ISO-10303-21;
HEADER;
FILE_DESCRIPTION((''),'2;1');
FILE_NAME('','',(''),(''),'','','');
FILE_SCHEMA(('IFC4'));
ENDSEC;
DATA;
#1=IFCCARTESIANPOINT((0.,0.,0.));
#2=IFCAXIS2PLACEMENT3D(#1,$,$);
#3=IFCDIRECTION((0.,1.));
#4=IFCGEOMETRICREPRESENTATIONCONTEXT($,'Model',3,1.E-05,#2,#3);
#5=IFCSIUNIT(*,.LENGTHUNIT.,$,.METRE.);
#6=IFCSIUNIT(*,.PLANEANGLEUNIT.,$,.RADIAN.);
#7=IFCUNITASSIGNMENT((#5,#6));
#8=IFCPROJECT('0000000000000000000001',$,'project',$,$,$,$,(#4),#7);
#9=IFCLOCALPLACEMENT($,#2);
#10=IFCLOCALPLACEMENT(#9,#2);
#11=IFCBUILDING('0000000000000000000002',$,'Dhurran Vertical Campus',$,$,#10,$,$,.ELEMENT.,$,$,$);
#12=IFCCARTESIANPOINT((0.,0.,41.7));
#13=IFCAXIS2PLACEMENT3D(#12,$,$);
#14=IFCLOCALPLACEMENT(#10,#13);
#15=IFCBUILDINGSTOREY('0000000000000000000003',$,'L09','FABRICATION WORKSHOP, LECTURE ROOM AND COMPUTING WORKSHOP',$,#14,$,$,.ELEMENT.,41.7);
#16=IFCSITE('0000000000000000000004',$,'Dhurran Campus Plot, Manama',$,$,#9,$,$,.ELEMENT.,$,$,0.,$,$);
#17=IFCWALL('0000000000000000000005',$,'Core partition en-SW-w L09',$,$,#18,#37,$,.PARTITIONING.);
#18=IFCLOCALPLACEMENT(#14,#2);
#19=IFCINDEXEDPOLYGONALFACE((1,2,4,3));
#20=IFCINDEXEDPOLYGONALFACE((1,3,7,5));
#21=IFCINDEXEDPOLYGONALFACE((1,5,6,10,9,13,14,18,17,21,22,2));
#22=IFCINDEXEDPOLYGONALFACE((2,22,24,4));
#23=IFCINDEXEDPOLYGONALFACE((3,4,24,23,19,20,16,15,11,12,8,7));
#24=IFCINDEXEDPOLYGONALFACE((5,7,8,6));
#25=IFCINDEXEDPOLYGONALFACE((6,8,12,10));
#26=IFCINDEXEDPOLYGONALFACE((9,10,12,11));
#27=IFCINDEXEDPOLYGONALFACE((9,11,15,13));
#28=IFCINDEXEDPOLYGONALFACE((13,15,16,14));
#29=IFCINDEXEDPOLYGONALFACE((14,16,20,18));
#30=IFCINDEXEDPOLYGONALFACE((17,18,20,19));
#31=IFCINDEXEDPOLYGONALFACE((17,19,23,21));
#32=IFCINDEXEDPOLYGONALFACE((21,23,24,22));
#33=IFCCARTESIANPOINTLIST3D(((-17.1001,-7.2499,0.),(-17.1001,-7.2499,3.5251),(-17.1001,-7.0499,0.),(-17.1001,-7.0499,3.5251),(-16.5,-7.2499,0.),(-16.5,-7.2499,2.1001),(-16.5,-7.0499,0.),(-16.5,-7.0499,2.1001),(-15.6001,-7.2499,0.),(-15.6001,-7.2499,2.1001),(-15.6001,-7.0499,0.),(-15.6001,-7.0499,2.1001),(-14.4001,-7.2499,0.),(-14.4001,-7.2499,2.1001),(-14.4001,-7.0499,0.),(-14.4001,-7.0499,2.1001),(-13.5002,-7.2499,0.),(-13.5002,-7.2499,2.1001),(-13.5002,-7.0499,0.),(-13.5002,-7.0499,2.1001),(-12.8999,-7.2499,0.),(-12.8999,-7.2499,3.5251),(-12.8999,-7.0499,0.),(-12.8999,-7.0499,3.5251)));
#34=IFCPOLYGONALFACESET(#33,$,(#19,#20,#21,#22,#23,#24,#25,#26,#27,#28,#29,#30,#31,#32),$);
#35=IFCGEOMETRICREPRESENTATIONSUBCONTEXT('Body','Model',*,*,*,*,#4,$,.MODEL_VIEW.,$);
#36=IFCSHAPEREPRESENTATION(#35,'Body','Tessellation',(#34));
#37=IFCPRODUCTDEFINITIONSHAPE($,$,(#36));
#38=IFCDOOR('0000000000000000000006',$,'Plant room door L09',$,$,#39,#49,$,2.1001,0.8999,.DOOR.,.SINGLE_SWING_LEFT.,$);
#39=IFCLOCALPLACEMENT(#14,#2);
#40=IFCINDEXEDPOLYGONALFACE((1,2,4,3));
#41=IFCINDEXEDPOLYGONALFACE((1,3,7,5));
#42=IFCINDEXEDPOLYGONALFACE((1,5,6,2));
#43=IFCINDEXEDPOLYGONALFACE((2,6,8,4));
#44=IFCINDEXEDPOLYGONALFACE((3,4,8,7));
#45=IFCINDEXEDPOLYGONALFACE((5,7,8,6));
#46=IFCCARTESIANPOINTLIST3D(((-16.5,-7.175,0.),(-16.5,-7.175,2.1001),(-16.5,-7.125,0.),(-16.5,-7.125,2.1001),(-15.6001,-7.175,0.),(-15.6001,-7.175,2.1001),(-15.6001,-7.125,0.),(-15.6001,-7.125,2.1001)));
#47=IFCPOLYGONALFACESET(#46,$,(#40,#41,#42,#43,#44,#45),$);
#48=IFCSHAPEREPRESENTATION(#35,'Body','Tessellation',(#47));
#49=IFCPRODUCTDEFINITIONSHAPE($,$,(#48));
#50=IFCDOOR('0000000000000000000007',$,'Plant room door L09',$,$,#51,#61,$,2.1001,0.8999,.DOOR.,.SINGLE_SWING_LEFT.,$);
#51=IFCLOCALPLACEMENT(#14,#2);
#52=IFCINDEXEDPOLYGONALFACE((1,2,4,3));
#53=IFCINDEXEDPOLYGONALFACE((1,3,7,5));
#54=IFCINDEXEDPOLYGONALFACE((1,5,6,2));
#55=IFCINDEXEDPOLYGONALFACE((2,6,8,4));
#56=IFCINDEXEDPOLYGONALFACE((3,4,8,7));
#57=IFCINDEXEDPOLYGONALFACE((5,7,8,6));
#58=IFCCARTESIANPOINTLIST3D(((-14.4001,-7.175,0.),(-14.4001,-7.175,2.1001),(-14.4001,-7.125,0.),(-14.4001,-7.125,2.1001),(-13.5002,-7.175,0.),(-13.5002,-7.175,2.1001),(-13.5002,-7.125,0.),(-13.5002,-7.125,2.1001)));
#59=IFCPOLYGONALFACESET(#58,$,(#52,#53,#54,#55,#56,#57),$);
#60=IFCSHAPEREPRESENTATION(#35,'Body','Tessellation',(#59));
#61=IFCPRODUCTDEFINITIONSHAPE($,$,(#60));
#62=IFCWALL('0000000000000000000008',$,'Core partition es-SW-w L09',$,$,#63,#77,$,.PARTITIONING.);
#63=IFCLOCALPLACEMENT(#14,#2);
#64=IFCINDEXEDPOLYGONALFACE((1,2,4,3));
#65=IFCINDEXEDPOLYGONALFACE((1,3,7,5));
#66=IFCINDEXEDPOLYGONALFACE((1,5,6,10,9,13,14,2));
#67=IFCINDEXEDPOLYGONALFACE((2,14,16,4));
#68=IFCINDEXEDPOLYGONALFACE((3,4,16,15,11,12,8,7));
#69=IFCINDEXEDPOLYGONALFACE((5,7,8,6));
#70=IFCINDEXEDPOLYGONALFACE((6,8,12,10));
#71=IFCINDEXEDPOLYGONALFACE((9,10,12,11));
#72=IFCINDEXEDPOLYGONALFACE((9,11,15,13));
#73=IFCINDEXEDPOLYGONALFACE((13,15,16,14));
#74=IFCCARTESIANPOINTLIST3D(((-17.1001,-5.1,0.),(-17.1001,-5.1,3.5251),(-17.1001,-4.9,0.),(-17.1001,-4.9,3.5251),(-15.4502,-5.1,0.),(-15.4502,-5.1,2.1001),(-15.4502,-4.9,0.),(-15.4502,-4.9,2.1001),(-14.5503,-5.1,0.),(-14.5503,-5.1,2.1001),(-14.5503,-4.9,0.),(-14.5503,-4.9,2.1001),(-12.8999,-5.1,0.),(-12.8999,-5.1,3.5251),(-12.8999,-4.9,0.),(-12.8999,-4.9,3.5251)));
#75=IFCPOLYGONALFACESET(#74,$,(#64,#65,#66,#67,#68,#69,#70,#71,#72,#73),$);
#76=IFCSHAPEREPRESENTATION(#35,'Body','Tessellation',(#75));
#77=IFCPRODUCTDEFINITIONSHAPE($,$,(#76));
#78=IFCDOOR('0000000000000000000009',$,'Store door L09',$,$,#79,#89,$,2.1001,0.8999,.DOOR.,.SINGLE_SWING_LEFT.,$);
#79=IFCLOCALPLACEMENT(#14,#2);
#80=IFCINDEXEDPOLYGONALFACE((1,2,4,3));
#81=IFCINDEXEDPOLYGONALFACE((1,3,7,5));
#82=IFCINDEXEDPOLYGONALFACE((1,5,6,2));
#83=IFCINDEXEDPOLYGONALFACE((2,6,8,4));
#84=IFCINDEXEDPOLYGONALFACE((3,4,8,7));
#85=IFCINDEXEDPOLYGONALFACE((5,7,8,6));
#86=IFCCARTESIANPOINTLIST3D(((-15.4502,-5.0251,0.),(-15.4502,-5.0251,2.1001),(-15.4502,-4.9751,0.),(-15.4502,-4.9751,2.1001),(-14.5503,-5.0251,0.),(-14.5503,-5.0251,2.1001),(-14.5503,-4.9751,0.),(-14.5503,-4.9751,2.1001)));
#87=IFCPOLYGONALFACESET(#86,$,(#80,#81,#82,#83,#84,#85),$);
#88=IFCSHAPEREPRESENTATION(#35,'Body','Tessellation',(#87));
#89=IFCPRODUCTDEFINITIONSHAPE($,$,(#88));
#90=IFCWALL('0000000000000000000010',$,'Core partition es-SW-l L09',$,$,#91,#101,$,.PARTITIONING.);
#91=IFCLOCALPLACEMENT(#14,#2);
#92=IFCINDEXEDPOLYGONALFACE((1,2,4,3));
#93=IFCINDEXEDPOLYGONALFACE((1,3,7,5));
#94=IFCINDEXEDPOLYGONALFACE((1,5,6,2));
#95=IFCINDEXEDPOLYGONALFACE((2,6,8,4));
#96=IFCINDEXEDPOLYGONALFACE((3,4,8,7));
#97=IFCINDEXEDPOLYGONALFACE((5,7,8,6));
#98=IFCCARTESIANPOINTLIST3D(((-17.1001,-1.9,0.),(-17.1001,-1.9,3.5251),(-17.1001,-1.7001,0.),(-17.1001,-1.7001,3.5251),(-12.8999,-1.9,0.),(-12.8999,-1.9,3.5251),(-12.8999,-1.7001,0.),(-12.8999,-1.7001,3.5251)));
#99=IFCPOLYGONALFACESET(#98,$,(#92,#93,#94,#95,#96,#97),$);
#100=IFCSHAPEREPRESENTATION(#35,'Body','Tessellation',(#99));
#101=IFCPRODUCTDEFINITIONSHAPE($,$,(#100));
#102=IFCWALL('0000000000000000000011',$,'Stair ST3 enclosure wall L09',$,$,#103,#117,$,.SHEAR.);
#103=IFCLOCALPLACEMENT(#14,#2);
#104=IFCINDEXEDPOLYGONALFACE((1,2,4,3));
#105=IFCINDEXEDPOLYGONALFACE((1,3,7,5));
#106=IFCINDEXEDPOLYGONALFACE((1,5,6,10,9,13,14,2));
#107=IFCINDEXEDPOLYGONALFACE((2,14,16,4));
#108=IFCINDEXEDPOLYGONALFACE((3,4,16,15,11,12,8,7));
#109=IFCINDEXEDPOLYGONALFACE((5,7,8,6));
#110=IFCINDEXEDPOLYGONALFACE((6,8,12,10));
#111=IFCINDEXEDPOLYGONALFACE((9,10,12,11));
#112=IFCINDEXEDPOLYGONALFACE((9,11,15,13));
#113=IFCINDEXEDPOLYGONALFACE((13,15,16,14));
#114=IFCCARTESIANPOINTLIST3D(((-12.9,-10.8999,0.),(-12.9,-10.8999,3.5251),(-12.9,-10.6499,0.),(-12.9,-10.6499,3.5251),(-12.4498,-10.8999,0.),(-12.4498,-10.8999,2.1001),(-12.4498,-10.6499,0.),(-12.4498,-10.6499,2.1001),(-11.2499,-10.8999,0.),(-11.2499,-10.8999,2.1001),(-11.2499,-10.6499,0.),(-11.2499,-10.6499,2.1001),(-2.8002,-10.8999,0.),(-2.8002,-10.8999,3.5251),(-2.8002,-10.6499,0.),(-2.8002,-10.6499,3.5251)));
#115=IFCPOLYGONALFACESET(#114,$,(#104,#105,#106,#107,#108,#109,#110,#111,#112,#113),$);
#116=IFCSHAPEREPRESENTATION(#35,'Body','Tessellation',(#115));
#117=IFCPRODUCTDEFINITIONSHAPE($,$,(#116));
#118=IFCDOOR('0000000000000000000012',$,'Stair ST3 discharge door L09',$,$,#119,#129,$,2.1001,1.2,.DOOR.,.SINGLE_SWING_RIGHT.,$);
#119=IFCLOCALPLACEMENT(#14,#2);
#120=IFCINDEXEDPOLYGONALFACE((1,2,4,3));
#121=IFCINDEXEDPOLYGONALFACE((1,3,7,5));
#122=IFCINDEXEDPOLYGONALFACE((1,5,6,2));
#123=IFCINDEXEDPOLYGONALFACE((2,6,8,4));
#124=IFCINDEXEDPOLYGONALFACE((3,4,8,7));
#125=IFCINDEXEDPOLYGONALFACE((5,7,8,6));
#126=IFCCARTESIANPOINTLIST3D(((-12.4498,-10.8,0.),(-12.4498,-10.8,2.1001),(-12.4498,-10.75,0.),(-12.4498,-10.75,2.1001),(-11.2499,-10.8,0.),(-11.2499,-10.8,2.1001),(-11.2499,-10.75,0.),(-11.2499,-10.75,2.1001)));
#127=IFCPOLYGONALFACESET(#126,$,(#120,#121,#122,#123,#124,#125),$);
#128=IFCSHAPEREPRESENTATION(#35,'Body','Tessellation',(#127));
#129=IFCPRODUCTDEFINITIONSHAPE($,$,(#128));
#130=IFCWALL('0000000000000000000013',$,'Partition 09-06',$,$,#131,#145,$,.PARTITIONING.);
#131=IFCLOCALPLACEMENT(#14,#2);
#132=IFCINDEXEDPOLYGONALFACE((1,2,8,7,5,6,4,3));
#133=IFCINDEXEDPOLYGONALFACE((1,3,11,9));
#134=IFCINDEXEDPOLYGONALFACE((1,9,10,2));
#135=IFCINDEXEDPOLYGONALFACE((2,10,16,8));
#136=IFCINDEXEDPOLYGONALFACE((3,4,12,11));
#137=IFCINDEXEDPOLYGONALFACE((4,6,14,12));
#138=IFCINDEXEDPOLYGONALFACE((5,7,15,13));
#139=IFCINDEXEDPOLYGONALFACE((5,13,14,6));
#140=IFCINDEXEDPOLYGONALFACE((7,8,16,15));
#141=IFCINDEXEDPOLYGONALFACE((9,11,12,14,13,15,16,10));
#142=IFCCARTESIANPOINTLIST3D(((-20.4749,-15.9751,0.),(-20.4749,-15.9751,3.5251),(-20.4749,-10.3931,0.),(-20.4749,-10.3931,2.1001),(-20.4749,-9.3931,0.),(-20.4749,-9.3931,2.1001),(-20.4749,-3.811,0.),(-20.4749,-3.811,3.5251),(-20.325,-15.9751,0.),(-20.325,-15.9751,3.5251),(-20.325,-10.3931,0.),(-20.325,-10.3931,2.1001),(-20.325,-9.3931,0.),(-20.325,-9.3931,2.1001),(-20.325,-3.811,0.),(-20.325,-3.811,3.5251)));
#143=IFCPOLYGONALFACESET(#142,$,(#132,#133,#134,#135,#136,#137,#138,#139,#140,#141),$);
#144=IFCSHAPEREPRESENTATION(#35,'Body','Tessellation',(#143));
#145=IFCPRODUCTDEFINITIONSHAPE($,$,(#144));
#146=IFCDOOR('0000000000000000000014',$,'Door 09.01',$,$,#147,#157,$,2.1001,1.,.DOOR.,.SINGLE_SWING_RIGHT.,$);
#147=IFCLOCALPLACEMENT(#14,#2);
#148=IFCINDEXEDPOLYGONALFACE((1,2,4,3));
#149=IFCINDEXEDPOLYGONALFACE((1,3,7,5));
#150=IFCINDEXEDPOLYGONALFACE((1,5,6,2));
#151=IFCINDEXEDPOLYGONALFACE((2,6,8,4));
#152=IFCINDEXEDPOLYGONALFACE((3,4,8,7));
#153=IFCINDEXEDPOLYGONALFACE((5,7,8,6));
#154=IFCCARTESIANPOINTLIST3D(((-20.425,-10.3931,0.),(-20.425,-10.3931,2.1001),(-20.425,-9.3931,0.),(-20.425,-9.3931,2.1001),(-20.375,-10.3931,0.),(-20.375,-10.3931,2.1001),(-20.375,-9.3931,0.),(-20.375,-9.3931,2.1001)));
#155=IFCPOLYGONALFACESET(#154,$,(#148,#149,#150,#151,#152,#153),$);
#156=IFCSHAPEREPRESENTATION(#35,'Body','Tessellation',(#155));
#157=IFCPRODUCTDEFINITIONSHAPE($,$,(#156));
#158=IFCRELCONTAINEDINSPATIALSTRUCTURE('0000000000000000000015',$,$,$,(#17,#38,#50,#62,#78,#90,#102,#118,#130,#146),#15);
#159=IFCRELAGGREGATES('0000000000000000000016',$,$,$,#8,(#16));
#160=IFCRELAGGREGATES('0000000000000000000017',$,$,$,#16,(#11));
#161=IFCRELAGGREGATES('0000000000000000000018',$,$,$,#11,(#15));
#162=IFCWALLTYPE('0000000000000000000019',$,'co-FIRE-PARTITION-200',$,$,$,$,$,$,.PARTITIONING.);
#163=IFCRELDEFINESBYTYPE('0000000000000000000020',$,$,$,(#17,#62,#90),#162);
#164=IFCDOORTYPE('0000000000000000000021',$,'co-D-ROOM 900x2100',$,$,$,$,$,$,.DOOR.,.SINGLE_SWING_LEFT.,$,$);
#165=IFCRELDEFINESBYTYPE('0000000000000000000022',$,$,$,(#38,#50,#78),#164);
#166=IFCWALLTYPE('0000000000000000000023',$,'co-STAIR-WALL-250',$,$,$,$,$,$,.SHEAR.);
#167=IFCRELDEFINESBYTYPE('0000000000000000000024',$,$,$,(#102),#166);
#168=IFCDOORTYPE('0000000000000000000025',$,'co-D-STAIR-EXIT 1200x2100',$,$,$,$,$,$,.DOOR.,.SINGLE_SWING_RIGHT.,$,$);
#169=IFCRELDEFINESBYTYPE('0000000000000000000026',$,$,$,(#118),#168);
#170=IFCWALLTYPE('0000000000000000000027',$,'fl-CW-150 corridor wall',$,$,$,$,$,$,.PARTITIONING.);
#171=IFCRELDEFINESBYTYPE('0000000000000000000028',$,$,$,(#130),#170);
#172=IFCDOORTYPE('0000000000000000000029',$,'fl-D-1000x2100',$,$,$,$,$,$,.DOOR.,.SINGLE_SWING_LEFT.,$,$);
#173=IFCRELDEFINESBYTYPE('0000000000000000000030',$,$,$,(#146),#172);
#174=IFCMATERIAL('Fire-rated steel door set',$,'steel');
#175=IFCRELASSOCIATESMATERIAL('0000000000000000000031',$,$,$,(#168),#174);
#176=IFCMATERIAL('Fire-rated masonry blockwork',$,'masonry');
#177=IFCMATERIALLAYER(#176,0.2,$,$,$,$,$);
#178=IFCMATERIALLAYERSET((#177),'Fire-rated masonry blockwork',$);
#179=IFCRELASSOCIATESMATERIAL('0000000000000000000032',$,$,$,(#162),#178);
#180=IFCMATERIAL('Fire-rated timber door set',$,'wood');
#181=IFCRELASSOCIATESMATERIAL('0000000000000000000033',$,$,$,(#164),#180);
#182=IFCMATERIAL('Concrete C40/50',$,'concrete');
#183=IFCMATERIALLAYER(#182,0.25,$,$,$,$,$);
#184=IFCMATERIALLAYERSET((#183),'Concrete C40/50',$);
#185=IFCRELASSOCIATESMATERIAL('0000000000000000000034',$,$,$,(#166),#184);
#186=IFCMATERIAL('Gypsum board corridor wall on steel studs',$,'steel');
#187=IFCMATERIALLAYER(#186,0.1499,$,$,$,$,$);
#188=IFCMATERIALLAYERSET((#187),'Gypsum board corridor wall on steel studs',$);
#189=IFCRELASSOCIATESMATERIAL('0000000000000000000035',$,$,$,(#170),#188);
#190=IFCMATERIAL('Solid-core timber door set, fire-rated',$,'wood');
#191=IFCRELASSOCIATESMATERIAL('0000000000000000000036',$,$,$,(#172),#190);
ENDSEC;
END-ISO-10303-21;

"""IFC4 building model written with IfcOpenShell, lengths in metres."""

from ifc_helpers import new_model, si_unit, direction, frame, frame_2d, origin, place, context, subcontext, project, spatial, rectangle, extrude, material, layer, layer_set, type_object, element, fill, save


model = new_model("IFC4")

# Units and contexts
model_context = context("Model", 3, precision=1e-05, world=origin(), true_north=direction((0.0, 1.0)))
body_context = subcontext(model_context, "Body", "Model", "MODEL_VIEW")
ifc_project = project(units=[si_unit("LENGTHUNIT", "METRE"), si_unit("PLANEANGLEUNIT", "RADIAN")], contexts=[model_context])

# Site, building, storey
site_placement = place(None, origin())
site = spatial("IfcSite", under=ifc_project, at=site_placement, Name="Dhurran Campus Plot, Manama", CompositionType="ELEMENT", RefElevation=0.0)
building_placement = place(site_placement, origin())
building = spatial("IfcBuilding", under=site, at=building_placement, Name="Dhurran Vertical Campus", CompositionType="ELEMENT")
storey_placement = place(building_placement, frame((0.0, 0.0, 41.7)))
storey = spatial("IfcBuildingStorey", under=building, at=storey_placement, Name="L09", Description="FABRICATION WORKSHOP, LECTURE ROOM AND COMPUTING WORKSHOP", CompositionType="ELEMENT", Elevation=41.7)

# Shared definitions
ifc_material_1 = material(Name="Fire-rated steel door set", Category="steel")
door_type_1 = type_object("IfcDoorType", Name="co-D-STAIR-EXIT 1200x2100", OperationType="SINGLE_SWING_RIGHT", PredefinedType="DOOR", material=ifc_material_1)

# Shared definitions
ifc_material_2 = material(Name="Fire-rated masonry blockwork", Category="masonry")
ifc_layer_1 = layer(ifc_material_2, 0.2)
ifc_layer_set_1 = layer_set([ifc_layer_1], Name="Fire-rated masonry blockwork")
wall_type_1 = type_object("IfcWallType", Name="co-FIRE-PARTITION-200", PredefinedType="PARTITIONING", material=ifc_layer_set_1)

# Wall, openings, doors
wall_1_placement = place(storey_placement, frame((-17.1001, -7.1499, 0.0), z_axis=(0.0, 0.0, 1.0), x_axis=(1.0, 0.0, 0.0)))
wall_1 = element("IfcWall", 1, at=wall_1_placement, inside=storey, type_object=wall_type_1, Name="Core partition en-SW-w L09", PredefinedType="PARTITIONING", context=body_context, shape_type="SweptSolid", body=[
    extrude(rectangle(XDim=4.2002, YDim=0.2, at=frame_2d((2.1001, 0.0))), origin(), (0.0, 0.0, 1.0), 3.5251),
])
opening_1_placement = place(wall_1_placement, frame((0.6001, 0.0, 0.0)))
opening_1 = element("IfcOpeningElement", 2, at=opening_1_placement, cuts=wall_1, PredefinedType="OPENING", context=body_context, shape_type="SweptSolid", body=[
    extrude(rectangle(XDim=0.8999, YDim=2.1001, at=frame_2d((0.45, 1.05))), frame((0.0, 0.1099, 0.0), z_axis=(0.0, -1.0, 0.0), x_axis=(1.0, 0.0, 0.0)), (0.0, 0.0, 1.0), 0.22),
])
opening_2_placement = place(wall_1_placement, frame((2.7, 0.0, 0.0)))
opening_2 = element("IfcOpeningElement", 3, at=opening_2_placement, cuts=wall_1, PredefinedType="OPENING", context=body_context, shape_type="SweptSolid", body=[
    extrude(rectangle(XDim=0.8999, YDim=2.1001, at=frame_2d((0.45, 1.05))), frame((0.0, 0.1099, 0.0), z_axis=(0.0, -1.0, 0.0), x_axis=(1.0, 0.0, 0.0)), (0.0, 0.0, 1.0), 0.22),
])
ifc_material_3 = material(Name="Fire-rated timber door set", Category="wood")
door_type_2 = type_object("IfcDoorType", Name="co-D-ROOM 900x2100", OperationType="SINGLE_SWING_LEFT", PredefinedType="DOOR", material=ifc_material_3)
door_1_placement = place(opening_1_placement, origin())
door_1 = element("IfcDoor", 4, at=door_1_placement, inside=storey, type_object=door_type_2, Name="Plant room door L09", OperationType="SINGLE_SWING_LEFT", OverallHeight=2.1001, OverallWidth=0.8999, PredefinedType="DOOR", context=body_context, shape_type="SweptSolid", body=[
    extrude(rectangle(XDim=0.8999, YDim=2.1001, at=frame_2d((0.45, 1.05))), frame((0.0, 0.0249, 0.0), z_axis=(0.0, -1.0, 0.0), x_axis=(1.0, 0.0, 0.0)), (0.0, 0.0, 1.0), 0.05),
])
fill(opening_1, door_1)
door_2_placement = place(opening_2_placement, origin())
door_2 = element("IfcDoor", 5, at=door_2_placement, inside=storey, type_object=door_type_2, Name="Plant room door L09", OperationType="SINGLE_SWING_LEFT", OverallHeight=2.1001, OverallWidth=0.8999, PredefinedType="DOOR", context=body_context, shape_type="SweptSolid", body=[
    extrude(rectangle(XDim=0.8999, YDim=2.1001, at=frame_2d((0.45, 1.05))), frame((0.0, 0.0249, 0.0), z_axis=(0.0, -1.0, 0.0), x_axis=(1.0, 0.0, 0.0)), (0.0, 0.0, 1.0), 0.05),
])
fill(opening_2, door_2)

# Wall, opening, door
wall_2_placement = place(storey_placement, frame((-17.1001, -5.0, 0.0), z_axis=(0.0, 0.0, 1.0), x_axis=(1.0, 0.0, 0.0)))
wall_2 = element("IfcWall", 6, at=wall_2_placement, inside=storey, type_object=wall_type_1, Name="Core partition es-SW-w L09", PredefinedType="PARTITIONING", context=body_context, shape_type="SweptSolid", body=[
    extrude(rectangle(XDim=4.2002, YDim=0.2, at=frame_2d((2.1001, 0.0))), origin(), (0.0, 0.0, 1.0), 3.5251),
])
opening_3_placement = place(wall_2_placement, frame((1.6499, 0.0, 0.0)))
opening_3 = element("IfcOpeningElement", 7, at=opening_3_placement, cuts=wall_2, PredefinedType="OPENING", context=body_context, shape_type="SweptSolid", body=[
    extrude(rectangle(XDim=0.8999, YDim=2.1001, at=frame_2d((0.45, 1.05))), frame((0.0, 0.1099, 0.0), z_axis=(0.0, -1.0, 0.0), x_axis=(1.0, 0.0, 0.0)), (0.0, 0.0, 1.0), 0.22),
])
door_3_placement = place(opening_3_placement, origin())
door_3 = element("IfcDoor", 8, at=door_3_placement, inside=storey, type_object=door_type_2, Name="Store door L09", OperationType="SINGLE_SWING_LEFT", OverallHeight=2.1001, OverallWidth=0.8999, PredefinedType="DOOR", context=body_context, shape_type="SweptSolid", body=[
    extrude(rectangle(XDim=0.8999, YDim=2.1001, at=frame_2d((0.45, 1.05))), frame((0.0, 0.0249, 0.0), z_axis=(0.0, -1.0, 0.0), x_axis=(1.0, 0.0, 0.0)), (0.0, 0.0, 1.0), 0.05),
])
fill(opening_3, door_3)

# Wall
wall_3_placement = place(storey_placement, frame((-17.1001, -1.8, 0.0), z_axis=(0.0, 0.0, 1.0), x_axis=(1.0, 0.0, 0.0)))
element("IfcWall", 9, at=wall_3_placement, inside=storey, type_object=wall_type_1, Name="Core partition es-SW-l L09", PredefinedType="PARTITIONING", context=body_context, shape_type="SweptSolid", body=[
    extrude(rectangle(XDim=4.2002, YDim=0.2, at=frame_2d((2.1001, 0.0))), origin(), (0.0, 0.0, 1.0), 3.5251),
])

# Walls, openings, doors
ifc_material_4 = material(Name="Concrete C40/50", Category="concrete")
ifc_layer_2 = layer(ifc_material_4, 0.25)
ifc_layer_set_2 = layer_set([ifc_layer_2], Name="Concrete C40/50")
wall_type_2 = type_object("IfcWallType", Name="co-STAIR-WALL-250", PredefinedType="SHEAR", material=ifc_layer_set_2)
wall_4_placement = place(storey_placement, frame((-12.8999, -10.7749, 0.0), z_axis=(0.0, 0.0, 1.0), x_axis=(1.0, 0.0, 0.0)))
wall_4 = element("IfcWall", 10, at=wall_4_placement, inside=storey, type_object=wall_type_2, Name="Stair ST3 enclosure wall L09", PredefinedType="SHEAR", context=body_context, shape_type="SweptSolid", body=[
    extrude(rectangle(XDim=10.0999, YDim=0.25, at=frame_2d((5.0498, 0.0))), origin(), (0.0, 0.0, 1.0), 3.5251),
])
opening_4_placement = place(wall_4_placement, frame((0.45, 0.0, 0.0)))
opening_4 = element("IfcOpeningElement", 11, at=opening_4_placement, cuts=wall_4, PredefinedType="OPENING", context=body_context, shape_type="SweptSolid", body=[
    extrude(rectangle(XDim=1.2, YDim=2.1001, at=frame_2d((0.6001, 1.05))), frame((0.0, 0.135, 0.0), z_axis=(0.0, -1.0, 0.0), x_axis=(1.0, 0.0, 0.0)), (0.0, 0.0, 1.0), 0.27),
])
door_4_placement = place(opening_4_placement, origin())
door_4 = element("IfcDoor", 12, at=door_4_placement, inside=storey, type_object=door_type_1, Name="Stair ST3 discharge door L09", OperationType="SINGLE_SWING_RIGHT", OverallHeight=2.1001, OverallWidth=1.2, PredefinedType="DOOR", context=body_context, shape_type="SweptSolid", body=[
    extrude(rectangle(XDim=1.2, YDim=2.1001, at=frame_2d((0.6001, 1.05))), frame((0.0, 0.0249, 0.0), z_axis=(0.0, -1.0, 0.0), x_axis=(1.0, 0.0, 0.0)), (0.0, 0.0, 1.0), 0.05),
])
fill(opening_4, door_4)
ifc_material_5 = material(Name="Gypsum board corridor wall on steel studs", Category="steel")
ifc_layer_3 = layer(ifc_material_5, 0.1499)
ifc_layer_set_3 = layer_set([ifc_layer_3], Name="Gypsum board corridor wall on steel studs")
wall_type_3 = type_object("IfcWallType", Name="fl-CW-150 corridor wall", PredefinedType="PARTITIONING", material=ifc_layer_set_3)
wall_5_placement = place(storey_placement, frame((-20.3999, -3.811, 0.0), z_axis=(0.0, 0.0, 1.0), x_axis=(0.0, -1.0, 0.0)))
wall_5 = element("IfcWall", 13, at=wall_5_placement, inside=storey, type_object=wall_type_3, Name="Partition 09-06", PredefinedType="PARTITIONING", context=body_context, shape_type="SweptSolid", body=[
    extrude(rectangle(XDim=12.1641, YDim=0.1499, at=frame_2d((6.082, 0.0))), origin(), (0.0, 0.0, 1.0), 3.5251),
])
opening_5_placement = place(wall_5_placement, frame((5.582, 0.0, 0.0)))
opening_5 = element("IfcOpeningElement", 14, at=opening_5_placement, cuts=wall_5, PredefinedType="OPENING", context=body_context, shape_type="SweptSolid", body=[
    extrude(rectangle(XDim=1.0, YDim=2.1001, at=frame_2d((0.5, 1.05))), frame((0.0, 0.085, 0.0), z_axis=(0.0, -1.0, 0.0), x_axis=(1.0, 0.0, 0.0)), (0.0, 0.0, 1.0), 0.1699),
])
ifc_material_6 = material(Name="Solid-core timber door set, fire-rated", Category="wood")
door_type_3 = type_object("IfcDoorType", Name="fl-D-1000x2100", OperationType="SINGLE_SWING_LEFT", PredefinedType="DOOR", material=ifc_material_6)
door_5_placement = place(opening_5_placement, origin())
door_5 = element("IfcDoor", 15, at=door_5_placement, inside=storey, type_object=door_type_3, Name="Door 09.01", OperationType="SINGLE_SWING_RIGHT", OverallHeight=2.1001, OverallWidth=1.0, PredefinedType="DOOR", context=body_context, shape_type="SweptSolid", body=[
    extrude(rectangle(XDim=1.0, YDim=2.1001, at=frame_2d((0.5, 1.05))), frame((0.0, 0.0249, 0.0), z_axis=(0.0, -1.0, 0.0), x_axis=(1.0, 0.0, 0.0)), (0.0, 0.0, 1.0), 0.05),
])
fill(opening_5, door_5)

save(model, "model.ifc")
